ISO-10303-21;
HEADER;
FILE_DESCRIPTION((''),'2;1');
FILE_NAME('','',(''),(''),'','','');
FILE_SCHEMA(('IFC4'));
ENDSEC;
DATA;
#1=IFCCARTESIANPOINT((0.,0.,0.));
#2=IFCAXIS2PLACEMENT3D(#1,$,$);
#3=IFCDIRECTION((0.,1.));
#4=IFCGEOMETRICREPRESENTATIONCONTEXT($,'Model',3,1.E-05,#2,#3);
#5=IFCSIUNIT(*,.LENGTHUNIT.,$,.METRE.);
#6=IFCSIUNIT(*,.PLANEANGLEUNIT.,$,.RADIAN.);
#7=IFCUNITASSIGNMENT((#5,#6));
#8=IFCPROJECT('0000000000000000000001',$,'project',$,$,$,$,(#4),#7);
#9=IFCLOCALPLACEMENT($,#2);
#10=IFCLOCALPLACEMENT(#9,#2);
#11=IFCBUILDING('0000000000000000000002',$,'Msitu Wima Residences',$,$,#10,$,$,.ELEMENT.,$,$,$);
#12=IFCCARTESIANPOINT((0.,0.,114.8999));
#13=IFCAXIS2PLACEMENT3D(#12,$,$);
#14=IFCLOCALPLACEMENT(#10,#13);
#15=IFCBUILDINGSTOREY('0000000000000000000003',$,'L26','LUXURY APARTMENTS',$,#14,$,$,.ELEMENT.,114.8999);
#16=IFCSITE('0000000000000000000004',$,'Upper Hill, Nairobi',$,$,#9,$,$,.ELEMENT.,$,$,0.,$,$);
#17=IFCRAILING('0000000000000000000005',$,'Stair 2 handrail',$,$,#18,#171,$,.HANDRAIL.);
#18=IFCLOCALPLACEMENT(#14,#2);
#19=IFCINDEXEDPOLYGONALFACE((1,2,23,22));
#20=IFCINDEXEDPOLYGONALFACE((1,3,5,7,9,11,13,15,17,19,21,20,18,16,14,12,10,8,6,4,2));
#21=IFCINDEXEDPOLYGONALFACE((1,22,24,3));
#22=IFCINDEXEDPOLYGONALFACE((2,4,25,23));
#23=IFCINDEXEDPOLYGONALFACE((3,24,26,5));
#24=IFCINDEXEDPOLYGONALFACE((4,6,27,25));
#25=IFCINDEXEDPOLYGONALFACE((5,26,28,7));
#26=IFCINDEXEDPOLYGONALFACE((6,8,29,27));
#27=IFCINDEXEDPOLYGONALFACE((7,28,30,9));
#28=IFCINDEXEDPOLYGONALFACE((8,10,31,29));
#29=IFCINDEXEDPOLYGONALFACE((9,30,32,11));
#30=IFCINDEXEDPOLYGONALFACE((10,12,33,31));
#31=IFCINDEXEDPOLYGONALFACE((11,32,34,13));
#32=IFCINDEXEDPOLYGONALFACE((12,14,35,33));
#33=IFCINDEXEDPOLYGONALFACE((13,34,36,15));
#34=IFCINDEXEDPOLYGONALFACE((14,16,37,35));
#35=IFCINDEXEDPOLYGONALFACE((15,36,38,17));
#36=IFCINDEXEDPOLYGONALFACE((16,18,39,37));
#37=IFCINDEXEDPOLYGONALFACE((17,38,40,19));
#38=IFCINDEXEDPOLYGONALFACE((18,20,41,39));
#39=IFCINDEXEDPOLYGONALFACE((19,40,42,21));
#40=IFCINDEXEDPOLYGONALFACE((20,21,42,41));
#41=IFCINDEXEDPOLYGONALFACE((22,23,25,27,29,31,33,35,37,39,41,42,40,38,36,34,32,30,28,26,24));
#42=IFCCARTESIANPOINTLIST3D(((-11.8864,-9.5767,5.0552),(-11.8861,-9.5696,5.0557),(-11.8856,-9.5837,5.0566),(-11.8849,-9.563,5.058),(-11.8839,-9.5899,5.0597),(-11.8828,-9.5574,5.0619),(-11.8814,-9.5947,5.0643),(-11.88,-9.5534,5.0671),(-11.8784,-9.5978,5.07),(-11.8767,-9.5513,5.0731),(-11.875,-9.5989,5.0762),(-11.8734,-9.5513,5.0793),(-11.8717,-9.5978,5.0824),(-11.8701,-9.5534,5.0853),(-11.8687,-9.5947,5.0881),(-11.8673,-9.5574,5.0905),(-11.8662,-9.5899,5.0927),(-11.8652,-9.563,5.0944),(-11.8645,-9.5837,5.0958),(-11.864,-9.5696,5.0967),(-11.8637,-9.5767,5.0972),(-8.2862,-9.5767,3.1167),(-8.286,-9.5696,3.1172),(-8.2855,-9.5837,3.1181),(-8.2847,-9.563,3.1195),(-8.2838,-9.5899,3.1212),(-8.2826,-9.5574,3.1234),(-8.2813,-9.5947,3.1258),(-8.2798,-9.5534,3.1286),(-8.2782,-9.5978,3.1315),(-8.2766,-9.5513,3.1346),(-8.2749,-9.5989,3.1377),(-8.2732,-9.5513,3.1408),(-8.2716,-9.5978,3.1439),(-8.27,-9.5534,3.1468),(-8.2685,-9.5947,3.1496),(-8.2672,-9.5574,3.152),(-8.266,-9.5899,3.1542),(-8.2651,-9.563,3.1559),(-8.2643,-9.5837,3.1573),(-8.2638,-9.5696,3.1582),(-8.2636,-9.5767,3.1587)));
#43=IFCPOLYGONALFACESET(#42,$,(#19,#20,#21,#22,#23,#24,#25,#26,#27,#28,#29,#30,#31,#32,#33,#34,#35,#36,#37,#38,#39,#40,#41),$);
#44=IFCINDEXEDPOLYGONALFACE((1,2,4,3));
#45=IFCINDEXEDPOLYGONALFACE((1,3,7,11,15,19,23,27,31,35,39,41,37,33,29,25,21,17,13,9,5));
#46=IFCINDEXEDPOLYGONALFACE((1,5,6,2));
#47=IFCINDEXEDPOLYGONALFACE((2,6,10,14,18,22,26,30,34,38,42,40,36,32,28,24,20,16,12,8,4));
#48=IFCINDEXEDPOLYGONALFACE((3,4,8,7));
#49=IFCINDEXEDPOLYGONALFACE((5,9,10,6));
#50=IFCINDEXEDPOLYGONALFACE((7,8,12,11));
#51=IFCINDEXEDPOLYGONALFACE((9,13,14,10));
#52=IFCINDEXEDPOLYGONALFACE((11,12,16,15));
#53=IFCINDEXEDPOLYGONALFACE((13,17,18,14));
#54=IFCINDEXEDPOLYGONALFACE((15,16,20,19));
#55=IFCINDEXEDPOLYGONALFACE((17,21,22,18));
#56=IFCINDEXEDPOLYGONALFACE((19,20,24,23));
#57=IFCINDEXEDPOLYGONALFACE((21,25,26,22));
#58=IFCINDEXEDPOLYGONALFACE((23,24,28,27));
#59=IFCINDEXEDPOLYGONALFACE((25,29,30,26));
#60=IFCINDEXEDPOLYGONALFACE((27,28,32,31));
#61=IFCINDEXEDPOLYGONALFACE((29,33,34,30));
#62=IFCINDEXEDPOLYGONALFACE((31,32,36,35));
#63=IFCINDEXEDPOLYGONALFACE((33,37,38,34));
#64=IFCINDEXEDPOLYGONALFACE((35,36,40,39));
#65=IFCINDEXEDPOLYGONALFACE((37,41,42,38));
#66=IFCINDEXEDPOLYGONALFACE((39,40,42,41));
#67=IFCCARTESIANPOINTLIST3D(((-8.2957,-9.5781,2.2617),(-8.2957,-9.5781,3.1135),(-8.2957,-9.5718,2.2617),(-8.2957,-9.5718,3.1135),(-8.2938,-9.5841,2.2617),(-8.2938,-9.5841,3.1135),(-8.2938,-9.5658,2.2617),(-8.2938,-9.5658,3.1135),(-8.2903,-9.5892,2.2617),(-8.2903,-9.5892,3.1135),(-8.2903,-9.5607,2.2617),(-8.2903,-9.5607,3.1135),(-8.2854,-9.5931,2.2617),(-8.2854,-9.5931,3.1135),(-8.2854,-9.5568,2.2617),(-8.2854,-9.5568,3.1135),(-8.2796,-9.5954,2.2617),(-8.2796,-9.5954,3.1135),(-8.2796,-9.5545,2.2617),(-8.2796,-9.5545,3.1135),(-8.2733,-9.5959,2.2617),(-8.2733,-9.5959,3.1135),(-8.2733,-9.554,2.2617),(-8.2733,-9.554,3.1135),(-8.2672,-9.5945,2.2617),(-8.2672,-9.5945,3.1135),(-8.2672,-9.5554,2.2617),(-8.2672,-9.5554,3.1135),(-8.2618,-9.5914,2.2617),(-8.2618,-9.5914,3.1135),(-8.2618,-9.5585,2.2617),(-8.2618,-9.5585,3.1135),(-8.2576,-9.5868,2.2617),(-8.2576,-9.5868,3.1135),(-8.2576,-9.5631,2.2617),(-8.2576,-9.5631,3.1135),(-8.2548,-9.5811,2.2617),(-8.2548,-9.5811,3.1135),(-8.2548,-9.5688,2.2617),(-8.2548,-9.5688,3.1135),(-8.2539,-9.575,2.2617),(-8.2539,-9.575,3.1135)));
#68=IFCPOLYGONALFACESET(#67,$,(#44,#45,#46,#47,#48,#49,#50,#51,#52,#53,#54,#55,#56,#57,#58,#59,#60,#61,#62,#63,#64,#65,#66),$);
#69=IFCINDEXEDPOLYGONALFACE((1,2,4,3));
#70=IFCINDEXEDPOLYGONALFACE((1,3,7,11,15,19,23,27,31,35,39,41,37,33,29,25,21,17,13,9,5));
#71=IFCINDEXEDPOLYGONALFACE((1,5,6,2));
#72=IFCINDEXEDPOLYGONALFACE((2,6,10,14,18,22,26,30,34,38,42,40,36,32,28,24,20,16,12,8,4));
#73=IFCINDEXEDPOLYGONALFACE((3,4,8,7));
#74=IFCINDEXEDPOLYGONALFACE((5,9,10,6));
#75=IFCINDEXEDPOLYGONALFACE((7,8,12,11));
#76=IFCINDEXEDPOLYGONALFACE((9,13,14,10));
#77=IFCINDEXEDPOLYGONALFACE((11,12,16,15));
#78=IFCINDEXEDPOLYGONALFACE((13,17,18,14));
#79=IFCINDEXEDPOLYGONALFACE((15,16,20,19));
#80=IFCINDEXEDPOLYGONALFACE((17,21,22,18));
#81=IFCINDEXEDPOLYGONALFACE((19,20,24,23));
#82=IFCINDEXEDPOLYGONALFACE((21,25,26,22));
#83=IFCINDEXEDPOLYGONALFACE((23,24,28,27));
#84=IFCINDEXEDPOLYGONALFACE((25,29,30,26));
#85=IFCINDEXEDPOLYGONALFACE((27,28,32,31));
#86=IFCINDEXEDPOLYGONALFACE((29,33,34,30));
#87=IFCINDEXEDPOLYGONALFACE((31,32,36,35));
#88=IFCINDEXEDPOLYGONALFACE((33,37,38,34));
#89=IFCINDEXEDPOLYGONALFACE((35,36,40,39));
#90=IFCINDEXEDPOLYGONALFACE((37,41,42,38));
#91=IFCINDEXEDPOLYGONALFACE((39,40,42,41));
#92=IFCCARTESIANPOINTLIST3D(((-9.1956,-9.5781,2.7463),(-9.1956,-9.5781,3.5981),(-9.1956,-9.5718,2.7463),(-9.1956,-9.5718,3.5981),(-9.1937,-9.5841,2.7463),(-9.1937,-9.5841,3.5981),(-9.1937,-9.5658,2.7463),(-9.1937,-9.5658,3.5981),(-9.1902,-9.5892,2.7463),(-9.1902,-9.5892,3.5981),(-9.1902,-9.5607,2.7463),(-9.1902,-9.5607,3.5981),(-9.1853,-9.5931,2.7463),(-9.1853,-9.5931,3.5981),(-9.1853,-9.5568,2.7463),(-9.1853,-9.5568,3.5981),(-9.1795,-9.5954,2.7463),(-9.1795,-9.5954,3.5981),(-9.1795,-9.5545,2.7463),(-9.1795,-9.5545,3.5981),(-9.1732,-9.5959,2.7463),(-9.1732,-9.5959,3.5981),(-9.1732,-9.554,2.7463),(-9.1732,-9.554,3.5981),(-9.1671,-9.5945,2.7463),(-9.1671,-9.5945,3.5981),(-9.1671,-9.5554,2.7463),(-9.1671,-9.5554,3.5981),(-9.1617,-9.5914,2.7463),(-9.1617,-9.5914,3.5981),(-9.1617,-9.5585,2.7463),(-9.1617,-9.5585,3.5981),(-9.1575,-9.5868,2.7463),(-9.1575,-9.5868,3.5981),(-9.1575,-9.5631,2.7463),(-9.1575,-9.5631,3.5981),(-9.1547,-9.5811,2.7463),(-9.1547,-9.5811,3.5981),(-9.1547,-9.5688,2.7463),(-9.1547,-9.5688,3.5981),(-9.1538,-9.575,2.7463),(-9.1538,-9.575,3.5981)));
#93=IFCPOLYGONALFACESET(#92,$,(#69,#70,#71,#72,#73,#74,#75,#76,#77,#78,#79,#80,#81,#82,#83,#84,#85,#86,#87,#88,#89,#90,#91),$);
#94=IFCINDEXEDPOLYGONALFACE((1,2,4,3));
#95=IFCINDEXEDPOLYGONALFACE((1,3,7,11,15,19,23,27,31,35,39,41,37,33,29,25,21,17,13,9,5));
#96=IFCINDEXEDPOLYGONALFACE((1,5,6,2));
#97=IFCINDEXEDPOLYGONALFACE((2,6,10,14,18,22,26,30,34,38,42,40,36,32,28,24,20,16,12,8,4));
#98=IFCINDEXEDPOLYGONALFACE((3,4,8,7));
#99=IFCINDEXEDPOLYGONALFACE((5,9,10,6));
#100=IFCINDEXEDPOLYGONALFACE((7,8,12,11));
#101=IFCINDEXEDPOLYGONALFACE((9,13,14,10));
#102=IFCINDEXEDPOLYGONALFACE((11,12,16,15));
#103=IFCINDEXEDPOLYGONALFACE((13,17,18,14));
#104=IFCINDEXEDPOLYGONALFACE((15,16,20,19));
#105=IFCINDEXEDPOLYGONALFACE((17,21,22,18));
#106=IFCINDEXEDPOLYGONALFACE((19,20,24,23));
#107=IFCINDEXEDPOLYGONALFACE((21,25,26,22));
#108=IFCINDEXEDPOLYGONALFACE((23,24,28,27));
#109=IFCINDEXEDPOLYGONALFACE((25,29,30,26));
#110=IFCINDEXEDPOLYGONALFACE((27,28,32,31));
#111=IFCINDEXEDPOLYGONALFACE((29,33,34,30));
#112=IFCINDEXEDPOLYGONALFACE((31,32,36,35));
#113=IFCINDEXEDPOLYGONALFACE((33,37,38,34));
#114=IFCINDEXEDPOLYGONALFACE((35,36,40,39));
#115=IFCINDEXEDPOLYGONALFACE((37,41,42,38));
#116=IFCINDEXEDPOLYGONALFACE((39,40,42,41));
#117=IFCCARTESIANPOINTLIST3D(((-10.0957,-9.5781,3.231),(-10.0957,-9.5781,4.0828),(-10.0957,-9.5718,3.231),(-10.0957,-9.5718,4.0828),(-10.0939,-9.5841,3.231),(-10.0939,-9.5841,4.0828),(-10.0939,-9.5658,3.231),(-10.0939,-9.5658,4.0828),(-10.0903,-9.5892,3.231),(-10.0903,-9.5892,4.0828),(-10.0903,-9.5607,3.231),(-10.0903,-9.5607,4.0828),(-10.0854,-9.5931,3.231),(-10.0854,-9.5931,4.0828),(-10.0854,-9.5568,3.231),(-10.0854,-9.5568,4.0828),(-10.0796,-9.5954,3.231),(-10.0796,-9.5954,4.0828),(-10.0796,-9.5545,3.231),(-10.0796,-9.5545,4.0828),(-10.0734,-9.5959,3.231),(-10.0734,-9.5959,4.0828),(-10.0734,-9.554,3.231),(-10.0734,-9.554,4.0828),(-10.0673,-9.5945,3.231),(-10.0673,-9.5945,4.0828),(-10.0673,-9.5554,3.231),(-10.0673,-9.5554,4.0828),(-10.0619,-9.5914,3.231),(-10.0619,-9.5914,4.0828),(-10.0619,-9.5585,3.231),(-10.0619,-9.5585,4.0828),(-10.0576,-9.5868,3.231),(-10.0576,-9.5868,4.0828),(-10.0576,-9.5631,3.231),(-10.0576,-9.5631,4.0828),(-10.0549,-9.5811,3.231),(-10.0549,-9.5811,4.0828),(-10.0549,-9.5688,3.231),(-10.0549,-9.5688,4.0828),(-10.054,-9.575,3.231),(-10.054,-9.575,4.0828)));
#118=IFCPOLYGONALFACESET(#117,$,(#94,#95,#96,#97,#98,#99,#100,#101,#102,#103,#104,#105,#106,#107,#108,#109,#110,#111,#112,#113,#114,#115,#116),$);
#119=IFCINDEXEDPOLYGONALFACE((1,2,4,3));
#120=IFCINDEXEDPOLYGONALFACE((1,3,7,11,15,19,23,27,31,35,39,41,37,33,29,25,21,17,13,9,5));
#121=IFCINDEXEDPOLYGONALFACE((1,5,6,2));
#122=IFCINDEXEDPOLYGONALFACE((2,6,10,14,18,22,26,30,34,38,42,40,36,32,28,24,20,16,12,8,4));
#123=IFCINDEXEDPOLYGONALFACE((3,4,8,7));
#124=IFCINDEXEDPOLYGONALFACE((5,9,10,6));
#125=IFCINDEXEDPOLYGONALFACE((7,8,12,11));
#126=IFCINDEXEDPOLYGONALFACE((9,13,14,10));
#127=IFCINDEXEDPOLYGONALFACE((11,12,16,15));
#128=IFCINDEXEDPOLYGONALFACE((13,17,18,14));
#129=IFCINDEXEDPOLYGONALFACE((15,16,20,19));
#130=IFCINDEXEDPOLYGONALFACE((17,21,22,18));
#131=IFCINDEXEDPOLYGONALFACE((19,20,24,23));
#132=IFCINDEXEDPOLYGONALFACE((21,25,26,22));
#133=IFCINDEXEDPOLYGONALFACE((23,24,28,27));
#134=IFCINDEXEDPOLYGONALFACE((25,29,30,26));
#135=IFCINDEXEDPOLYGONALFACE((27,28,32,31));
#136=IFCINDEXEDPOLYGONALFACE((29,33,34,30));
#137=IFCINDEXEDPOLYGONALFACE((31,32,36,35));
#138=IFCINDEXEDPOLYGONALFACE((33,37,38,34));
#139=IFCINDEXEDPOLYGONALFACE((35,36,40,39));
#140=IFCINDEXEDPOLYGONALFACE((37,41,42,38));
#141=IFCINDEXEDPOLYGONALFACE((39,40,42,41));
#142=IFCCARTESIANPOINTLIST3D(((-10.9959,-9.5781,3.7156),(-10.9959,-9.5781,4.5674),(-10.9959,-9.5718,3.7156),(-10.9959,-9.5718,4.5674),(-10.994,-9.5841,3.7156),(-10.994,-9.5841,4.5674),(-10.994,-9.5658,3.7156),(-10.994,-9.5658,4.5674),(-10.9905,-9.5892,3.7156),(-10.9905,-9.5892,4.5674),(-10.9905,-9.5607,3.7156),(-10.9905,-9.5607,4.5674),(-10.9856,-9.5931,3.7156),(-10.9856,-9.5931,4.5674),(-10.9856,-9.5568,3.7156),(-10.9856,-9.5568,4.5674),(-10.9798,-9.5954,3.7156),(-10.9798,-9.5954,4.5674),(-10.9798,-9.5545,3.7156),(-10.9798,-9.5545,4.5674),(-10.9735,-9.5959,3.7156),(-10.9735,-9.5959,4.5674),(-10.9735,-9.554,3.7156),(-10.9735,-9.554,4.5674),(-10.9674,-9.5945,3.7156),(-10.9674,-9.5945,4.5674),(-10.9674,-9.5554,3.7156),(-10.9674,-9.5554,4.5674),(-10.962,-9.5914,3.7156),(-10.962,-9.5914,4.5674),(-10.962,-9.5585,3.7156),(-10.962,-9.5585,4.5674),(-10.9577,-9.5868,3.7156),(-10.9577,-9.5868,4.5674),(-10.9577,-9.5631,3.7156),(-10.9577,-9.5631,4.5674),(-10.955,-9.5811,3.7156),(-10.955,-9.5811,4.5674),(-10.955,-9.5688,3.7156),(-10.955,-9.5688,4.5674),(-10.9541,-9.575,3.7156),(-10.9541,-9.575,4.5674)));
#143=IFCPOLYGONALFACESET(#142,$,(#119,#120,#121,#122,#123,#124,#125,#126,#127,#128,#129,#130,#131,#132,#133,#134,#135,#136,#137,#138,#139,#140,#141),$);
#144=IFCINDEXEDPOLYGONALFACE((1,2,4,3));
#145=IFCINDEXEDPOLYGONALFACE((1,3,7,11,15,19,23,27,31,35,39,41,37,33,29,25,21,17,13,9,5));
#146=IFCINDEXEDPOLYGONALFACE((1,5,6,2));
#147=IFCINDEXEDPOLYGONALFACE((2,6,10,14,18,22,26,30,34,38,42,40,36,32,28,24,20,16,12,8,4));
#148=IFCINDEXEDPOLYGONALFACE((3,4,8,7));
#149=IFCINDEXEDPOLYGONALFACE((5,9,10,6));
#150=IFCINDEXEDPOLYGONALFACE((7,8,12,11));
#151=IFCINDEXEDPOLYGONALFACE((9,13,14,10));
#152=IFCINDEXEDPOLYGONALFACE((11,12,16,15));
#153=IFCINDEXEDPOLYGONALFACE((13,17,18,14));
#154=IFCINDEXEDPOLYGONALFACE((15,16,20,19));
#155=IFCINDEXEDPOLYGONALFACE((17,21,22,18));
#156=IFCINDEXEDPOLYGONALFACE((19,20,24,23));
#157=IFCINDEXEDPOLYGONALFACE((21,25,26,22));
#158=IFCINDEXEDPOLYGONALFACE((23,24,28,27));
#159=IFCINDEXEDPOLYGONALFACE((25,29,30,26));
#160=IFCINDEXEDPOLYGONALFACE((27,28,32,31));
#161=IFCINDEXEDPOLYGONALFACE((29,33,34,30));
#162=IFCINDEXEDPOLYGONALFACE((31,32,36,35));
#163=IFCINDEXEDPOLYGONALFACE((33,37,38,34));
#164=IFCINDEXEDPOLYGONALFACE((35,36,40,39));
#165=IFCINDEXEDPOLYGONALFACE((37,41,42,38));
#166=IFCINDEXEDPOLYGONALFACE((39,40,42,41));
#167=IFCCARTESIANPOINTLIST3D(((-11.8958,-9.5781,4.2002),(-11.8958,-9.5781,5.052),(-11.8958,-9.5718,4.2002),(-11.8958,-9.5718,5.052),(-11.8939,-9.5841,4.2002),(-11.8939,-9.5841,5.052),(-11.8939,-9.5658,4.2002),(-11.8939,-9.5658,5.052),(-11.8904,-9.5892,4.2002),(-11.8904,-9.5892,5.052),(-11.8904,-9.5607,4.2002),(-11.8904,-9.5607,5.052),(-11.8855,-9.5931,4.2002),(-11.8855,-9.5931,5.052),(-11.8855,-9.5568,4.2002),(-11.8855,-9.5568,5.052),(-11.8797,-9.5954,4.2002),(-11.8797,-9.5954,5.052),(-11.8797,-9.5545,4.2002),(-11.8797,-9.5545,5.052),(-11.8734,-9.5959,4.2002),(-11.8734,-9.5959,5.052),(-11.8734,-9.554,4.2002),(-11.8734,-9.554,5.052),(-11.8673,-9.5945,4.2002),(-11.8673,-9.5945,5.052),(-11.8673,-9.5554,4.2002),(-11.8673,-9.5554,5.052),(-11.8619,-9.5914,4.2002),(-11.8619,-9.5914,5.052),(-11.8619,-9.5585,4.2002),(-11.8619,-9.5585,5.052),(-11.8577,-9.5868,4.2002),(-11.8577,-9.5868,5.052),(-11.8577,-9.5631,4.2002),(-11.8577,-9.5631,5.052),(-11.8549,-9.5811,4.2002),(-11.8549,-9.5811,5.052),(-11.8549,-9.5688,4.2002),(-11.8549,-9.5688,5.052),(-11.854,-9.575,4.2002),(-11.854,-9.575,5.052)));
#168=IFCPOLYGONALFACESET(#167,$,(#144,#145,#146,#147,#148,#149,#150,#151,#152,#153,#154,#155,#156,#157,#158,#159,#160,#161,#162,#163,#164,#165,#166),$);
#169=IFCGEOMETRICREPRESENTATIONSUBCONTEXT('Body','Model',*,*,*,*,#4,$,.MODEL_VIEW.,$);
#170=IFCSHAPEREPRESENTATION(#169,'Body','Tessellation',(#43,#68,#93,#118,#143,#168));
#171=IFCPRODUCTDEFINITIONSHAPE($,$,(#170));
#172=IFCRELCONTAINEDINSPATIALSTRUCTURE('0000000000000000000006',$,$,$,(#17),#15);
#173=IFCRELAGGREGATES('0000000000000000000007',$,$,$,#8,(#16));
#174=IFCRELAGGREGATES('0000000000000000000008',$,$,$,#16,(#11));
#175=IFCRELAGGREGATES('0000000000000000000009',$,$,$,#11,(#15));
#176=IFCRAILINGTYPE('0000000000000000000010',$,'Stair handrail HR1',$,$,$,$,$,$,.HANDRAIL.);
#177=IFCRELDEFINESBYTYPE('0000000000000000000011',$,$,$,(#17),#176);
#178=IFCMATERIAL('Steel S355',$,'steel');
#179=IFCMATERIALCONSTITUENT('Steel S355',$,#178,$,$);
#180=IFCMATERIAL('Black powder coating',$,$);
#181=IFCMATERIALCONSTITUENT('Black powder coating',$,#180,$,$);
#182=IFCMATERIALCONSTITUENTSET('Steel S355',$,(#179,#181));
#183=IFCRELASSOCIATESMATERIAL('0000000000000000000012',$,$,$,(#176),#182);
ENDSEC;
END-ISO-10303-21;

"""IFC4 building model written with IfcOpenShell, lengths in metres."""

from ifc_helpers import new_model, si_unit, direction, frame, origin, origin_2d, place, context, subcontext, project, spatial, circle, extrude, material, constituent, constituent_set, type_object, element, save


model = new_model("IFC4")

# Units and contexts
model_context = context("Model", 3, precision=1e-05, world=origin(), true_north=direction((0.0, 1.0)))
body_context = subcontext(model_context, "Body", "Model", "MODEL_VIEW")
ifc_project = project(units=[si_unit("LENGTHUNIT", "METRE"), si_unit("PLANEANGLEUNIT", "RADIAN")], contexts=[model_context])

# Site, building, storey
site_placement = place(None, origin())
site = spatial("IfcSite", under=ifc_project, at=site_placement, Name="Upper Hill, Nairobi", CompositionType="ELEMENT", RefElevation=0.0)
building_placement = place(site_placement, origin())
building = spatial("IfcBuilding", under=site, at=building_placement, Name="Msitu Wima Residences", CompositionType="ELEMENT")
storey_placement = place(building_placement, frame((0.0, 0.0, 114.8999)))
storey = spatial("IfcBuildingStorey", under=building, at=storey_placement, Name="L26", Description="LUXURY APARTMENTS", CompositionType="ELEMENT", Elevation=114.8999)

# Railing
ifc_material_1 = material(Name="Steel S355", Category="steel")
ifc_constituent_1 = constituent(ifc_material_1, Name="Steel S355")
ifc_material_2 = material(Name="Black powder coating")
ifc_constituent_2 = constituent(ifc_material_2, Name="Black powder coating")
ifc_constituent_set = constituent_set(constituents=[ifc_constituent_1, ifc_constituent_2], Name="Steel S355")
railing_type = type_object("IfcRailingType", Name="Stair handrail HR1", PredefinedType="HANDRAIL", material=ifc_constituent_set)
for number, where, name in (
    (1, (-8.2749, -9.575, 2.2617), "Stair 2 handrail"),
):
    element("IfcRailing", number, at=place(storey_placement, frame(where)), inside=storey, type_object=railing_type, Name=name, PredefinedType="HANDRAIL", context=body_context, shape_type="SweptSolid", body=[
        extrude(circle(Radius=0.0239, at=origin_2d()), frame((0.0, 0.0, 0.876), z_axis=(-0.880475, 0.0, 0.474093), x_axis=(0.0, -1.0, 0.0)), (0.0, 0.0, 1.0), 4.0889),
        extrude(circle(Radius=0.021, at=origin_2d()), origin(), (0.0, 0.0, 1.0), 0.8518),
        extrude(circle(Radius=0.021, at=origin_2d()), frame((-0.8999, 0.0, 0.4846)), (0.0, 0.0, 1.0), 0.8518),
        extrude(circle(Radius=0.021, at=origin_2d()), frame((-1.8, 0.0, 0.9692)), (0.0, 0.0, 1.0), 0.8518),
        extrude(circle(Radius=0.021, at=origin_2d()), frame((-2.7002, 0.0, 1.4539)), (0.0, 0.0, 1.0), 0.8518),
        extrude(circle(Radius=0.021, at=origin_2d()), frame((-3.6001, 0.0, 1.9385)), (0.0, 0.0, 1.0), 0.8518),
    ])

save(model, "model.ifc")
